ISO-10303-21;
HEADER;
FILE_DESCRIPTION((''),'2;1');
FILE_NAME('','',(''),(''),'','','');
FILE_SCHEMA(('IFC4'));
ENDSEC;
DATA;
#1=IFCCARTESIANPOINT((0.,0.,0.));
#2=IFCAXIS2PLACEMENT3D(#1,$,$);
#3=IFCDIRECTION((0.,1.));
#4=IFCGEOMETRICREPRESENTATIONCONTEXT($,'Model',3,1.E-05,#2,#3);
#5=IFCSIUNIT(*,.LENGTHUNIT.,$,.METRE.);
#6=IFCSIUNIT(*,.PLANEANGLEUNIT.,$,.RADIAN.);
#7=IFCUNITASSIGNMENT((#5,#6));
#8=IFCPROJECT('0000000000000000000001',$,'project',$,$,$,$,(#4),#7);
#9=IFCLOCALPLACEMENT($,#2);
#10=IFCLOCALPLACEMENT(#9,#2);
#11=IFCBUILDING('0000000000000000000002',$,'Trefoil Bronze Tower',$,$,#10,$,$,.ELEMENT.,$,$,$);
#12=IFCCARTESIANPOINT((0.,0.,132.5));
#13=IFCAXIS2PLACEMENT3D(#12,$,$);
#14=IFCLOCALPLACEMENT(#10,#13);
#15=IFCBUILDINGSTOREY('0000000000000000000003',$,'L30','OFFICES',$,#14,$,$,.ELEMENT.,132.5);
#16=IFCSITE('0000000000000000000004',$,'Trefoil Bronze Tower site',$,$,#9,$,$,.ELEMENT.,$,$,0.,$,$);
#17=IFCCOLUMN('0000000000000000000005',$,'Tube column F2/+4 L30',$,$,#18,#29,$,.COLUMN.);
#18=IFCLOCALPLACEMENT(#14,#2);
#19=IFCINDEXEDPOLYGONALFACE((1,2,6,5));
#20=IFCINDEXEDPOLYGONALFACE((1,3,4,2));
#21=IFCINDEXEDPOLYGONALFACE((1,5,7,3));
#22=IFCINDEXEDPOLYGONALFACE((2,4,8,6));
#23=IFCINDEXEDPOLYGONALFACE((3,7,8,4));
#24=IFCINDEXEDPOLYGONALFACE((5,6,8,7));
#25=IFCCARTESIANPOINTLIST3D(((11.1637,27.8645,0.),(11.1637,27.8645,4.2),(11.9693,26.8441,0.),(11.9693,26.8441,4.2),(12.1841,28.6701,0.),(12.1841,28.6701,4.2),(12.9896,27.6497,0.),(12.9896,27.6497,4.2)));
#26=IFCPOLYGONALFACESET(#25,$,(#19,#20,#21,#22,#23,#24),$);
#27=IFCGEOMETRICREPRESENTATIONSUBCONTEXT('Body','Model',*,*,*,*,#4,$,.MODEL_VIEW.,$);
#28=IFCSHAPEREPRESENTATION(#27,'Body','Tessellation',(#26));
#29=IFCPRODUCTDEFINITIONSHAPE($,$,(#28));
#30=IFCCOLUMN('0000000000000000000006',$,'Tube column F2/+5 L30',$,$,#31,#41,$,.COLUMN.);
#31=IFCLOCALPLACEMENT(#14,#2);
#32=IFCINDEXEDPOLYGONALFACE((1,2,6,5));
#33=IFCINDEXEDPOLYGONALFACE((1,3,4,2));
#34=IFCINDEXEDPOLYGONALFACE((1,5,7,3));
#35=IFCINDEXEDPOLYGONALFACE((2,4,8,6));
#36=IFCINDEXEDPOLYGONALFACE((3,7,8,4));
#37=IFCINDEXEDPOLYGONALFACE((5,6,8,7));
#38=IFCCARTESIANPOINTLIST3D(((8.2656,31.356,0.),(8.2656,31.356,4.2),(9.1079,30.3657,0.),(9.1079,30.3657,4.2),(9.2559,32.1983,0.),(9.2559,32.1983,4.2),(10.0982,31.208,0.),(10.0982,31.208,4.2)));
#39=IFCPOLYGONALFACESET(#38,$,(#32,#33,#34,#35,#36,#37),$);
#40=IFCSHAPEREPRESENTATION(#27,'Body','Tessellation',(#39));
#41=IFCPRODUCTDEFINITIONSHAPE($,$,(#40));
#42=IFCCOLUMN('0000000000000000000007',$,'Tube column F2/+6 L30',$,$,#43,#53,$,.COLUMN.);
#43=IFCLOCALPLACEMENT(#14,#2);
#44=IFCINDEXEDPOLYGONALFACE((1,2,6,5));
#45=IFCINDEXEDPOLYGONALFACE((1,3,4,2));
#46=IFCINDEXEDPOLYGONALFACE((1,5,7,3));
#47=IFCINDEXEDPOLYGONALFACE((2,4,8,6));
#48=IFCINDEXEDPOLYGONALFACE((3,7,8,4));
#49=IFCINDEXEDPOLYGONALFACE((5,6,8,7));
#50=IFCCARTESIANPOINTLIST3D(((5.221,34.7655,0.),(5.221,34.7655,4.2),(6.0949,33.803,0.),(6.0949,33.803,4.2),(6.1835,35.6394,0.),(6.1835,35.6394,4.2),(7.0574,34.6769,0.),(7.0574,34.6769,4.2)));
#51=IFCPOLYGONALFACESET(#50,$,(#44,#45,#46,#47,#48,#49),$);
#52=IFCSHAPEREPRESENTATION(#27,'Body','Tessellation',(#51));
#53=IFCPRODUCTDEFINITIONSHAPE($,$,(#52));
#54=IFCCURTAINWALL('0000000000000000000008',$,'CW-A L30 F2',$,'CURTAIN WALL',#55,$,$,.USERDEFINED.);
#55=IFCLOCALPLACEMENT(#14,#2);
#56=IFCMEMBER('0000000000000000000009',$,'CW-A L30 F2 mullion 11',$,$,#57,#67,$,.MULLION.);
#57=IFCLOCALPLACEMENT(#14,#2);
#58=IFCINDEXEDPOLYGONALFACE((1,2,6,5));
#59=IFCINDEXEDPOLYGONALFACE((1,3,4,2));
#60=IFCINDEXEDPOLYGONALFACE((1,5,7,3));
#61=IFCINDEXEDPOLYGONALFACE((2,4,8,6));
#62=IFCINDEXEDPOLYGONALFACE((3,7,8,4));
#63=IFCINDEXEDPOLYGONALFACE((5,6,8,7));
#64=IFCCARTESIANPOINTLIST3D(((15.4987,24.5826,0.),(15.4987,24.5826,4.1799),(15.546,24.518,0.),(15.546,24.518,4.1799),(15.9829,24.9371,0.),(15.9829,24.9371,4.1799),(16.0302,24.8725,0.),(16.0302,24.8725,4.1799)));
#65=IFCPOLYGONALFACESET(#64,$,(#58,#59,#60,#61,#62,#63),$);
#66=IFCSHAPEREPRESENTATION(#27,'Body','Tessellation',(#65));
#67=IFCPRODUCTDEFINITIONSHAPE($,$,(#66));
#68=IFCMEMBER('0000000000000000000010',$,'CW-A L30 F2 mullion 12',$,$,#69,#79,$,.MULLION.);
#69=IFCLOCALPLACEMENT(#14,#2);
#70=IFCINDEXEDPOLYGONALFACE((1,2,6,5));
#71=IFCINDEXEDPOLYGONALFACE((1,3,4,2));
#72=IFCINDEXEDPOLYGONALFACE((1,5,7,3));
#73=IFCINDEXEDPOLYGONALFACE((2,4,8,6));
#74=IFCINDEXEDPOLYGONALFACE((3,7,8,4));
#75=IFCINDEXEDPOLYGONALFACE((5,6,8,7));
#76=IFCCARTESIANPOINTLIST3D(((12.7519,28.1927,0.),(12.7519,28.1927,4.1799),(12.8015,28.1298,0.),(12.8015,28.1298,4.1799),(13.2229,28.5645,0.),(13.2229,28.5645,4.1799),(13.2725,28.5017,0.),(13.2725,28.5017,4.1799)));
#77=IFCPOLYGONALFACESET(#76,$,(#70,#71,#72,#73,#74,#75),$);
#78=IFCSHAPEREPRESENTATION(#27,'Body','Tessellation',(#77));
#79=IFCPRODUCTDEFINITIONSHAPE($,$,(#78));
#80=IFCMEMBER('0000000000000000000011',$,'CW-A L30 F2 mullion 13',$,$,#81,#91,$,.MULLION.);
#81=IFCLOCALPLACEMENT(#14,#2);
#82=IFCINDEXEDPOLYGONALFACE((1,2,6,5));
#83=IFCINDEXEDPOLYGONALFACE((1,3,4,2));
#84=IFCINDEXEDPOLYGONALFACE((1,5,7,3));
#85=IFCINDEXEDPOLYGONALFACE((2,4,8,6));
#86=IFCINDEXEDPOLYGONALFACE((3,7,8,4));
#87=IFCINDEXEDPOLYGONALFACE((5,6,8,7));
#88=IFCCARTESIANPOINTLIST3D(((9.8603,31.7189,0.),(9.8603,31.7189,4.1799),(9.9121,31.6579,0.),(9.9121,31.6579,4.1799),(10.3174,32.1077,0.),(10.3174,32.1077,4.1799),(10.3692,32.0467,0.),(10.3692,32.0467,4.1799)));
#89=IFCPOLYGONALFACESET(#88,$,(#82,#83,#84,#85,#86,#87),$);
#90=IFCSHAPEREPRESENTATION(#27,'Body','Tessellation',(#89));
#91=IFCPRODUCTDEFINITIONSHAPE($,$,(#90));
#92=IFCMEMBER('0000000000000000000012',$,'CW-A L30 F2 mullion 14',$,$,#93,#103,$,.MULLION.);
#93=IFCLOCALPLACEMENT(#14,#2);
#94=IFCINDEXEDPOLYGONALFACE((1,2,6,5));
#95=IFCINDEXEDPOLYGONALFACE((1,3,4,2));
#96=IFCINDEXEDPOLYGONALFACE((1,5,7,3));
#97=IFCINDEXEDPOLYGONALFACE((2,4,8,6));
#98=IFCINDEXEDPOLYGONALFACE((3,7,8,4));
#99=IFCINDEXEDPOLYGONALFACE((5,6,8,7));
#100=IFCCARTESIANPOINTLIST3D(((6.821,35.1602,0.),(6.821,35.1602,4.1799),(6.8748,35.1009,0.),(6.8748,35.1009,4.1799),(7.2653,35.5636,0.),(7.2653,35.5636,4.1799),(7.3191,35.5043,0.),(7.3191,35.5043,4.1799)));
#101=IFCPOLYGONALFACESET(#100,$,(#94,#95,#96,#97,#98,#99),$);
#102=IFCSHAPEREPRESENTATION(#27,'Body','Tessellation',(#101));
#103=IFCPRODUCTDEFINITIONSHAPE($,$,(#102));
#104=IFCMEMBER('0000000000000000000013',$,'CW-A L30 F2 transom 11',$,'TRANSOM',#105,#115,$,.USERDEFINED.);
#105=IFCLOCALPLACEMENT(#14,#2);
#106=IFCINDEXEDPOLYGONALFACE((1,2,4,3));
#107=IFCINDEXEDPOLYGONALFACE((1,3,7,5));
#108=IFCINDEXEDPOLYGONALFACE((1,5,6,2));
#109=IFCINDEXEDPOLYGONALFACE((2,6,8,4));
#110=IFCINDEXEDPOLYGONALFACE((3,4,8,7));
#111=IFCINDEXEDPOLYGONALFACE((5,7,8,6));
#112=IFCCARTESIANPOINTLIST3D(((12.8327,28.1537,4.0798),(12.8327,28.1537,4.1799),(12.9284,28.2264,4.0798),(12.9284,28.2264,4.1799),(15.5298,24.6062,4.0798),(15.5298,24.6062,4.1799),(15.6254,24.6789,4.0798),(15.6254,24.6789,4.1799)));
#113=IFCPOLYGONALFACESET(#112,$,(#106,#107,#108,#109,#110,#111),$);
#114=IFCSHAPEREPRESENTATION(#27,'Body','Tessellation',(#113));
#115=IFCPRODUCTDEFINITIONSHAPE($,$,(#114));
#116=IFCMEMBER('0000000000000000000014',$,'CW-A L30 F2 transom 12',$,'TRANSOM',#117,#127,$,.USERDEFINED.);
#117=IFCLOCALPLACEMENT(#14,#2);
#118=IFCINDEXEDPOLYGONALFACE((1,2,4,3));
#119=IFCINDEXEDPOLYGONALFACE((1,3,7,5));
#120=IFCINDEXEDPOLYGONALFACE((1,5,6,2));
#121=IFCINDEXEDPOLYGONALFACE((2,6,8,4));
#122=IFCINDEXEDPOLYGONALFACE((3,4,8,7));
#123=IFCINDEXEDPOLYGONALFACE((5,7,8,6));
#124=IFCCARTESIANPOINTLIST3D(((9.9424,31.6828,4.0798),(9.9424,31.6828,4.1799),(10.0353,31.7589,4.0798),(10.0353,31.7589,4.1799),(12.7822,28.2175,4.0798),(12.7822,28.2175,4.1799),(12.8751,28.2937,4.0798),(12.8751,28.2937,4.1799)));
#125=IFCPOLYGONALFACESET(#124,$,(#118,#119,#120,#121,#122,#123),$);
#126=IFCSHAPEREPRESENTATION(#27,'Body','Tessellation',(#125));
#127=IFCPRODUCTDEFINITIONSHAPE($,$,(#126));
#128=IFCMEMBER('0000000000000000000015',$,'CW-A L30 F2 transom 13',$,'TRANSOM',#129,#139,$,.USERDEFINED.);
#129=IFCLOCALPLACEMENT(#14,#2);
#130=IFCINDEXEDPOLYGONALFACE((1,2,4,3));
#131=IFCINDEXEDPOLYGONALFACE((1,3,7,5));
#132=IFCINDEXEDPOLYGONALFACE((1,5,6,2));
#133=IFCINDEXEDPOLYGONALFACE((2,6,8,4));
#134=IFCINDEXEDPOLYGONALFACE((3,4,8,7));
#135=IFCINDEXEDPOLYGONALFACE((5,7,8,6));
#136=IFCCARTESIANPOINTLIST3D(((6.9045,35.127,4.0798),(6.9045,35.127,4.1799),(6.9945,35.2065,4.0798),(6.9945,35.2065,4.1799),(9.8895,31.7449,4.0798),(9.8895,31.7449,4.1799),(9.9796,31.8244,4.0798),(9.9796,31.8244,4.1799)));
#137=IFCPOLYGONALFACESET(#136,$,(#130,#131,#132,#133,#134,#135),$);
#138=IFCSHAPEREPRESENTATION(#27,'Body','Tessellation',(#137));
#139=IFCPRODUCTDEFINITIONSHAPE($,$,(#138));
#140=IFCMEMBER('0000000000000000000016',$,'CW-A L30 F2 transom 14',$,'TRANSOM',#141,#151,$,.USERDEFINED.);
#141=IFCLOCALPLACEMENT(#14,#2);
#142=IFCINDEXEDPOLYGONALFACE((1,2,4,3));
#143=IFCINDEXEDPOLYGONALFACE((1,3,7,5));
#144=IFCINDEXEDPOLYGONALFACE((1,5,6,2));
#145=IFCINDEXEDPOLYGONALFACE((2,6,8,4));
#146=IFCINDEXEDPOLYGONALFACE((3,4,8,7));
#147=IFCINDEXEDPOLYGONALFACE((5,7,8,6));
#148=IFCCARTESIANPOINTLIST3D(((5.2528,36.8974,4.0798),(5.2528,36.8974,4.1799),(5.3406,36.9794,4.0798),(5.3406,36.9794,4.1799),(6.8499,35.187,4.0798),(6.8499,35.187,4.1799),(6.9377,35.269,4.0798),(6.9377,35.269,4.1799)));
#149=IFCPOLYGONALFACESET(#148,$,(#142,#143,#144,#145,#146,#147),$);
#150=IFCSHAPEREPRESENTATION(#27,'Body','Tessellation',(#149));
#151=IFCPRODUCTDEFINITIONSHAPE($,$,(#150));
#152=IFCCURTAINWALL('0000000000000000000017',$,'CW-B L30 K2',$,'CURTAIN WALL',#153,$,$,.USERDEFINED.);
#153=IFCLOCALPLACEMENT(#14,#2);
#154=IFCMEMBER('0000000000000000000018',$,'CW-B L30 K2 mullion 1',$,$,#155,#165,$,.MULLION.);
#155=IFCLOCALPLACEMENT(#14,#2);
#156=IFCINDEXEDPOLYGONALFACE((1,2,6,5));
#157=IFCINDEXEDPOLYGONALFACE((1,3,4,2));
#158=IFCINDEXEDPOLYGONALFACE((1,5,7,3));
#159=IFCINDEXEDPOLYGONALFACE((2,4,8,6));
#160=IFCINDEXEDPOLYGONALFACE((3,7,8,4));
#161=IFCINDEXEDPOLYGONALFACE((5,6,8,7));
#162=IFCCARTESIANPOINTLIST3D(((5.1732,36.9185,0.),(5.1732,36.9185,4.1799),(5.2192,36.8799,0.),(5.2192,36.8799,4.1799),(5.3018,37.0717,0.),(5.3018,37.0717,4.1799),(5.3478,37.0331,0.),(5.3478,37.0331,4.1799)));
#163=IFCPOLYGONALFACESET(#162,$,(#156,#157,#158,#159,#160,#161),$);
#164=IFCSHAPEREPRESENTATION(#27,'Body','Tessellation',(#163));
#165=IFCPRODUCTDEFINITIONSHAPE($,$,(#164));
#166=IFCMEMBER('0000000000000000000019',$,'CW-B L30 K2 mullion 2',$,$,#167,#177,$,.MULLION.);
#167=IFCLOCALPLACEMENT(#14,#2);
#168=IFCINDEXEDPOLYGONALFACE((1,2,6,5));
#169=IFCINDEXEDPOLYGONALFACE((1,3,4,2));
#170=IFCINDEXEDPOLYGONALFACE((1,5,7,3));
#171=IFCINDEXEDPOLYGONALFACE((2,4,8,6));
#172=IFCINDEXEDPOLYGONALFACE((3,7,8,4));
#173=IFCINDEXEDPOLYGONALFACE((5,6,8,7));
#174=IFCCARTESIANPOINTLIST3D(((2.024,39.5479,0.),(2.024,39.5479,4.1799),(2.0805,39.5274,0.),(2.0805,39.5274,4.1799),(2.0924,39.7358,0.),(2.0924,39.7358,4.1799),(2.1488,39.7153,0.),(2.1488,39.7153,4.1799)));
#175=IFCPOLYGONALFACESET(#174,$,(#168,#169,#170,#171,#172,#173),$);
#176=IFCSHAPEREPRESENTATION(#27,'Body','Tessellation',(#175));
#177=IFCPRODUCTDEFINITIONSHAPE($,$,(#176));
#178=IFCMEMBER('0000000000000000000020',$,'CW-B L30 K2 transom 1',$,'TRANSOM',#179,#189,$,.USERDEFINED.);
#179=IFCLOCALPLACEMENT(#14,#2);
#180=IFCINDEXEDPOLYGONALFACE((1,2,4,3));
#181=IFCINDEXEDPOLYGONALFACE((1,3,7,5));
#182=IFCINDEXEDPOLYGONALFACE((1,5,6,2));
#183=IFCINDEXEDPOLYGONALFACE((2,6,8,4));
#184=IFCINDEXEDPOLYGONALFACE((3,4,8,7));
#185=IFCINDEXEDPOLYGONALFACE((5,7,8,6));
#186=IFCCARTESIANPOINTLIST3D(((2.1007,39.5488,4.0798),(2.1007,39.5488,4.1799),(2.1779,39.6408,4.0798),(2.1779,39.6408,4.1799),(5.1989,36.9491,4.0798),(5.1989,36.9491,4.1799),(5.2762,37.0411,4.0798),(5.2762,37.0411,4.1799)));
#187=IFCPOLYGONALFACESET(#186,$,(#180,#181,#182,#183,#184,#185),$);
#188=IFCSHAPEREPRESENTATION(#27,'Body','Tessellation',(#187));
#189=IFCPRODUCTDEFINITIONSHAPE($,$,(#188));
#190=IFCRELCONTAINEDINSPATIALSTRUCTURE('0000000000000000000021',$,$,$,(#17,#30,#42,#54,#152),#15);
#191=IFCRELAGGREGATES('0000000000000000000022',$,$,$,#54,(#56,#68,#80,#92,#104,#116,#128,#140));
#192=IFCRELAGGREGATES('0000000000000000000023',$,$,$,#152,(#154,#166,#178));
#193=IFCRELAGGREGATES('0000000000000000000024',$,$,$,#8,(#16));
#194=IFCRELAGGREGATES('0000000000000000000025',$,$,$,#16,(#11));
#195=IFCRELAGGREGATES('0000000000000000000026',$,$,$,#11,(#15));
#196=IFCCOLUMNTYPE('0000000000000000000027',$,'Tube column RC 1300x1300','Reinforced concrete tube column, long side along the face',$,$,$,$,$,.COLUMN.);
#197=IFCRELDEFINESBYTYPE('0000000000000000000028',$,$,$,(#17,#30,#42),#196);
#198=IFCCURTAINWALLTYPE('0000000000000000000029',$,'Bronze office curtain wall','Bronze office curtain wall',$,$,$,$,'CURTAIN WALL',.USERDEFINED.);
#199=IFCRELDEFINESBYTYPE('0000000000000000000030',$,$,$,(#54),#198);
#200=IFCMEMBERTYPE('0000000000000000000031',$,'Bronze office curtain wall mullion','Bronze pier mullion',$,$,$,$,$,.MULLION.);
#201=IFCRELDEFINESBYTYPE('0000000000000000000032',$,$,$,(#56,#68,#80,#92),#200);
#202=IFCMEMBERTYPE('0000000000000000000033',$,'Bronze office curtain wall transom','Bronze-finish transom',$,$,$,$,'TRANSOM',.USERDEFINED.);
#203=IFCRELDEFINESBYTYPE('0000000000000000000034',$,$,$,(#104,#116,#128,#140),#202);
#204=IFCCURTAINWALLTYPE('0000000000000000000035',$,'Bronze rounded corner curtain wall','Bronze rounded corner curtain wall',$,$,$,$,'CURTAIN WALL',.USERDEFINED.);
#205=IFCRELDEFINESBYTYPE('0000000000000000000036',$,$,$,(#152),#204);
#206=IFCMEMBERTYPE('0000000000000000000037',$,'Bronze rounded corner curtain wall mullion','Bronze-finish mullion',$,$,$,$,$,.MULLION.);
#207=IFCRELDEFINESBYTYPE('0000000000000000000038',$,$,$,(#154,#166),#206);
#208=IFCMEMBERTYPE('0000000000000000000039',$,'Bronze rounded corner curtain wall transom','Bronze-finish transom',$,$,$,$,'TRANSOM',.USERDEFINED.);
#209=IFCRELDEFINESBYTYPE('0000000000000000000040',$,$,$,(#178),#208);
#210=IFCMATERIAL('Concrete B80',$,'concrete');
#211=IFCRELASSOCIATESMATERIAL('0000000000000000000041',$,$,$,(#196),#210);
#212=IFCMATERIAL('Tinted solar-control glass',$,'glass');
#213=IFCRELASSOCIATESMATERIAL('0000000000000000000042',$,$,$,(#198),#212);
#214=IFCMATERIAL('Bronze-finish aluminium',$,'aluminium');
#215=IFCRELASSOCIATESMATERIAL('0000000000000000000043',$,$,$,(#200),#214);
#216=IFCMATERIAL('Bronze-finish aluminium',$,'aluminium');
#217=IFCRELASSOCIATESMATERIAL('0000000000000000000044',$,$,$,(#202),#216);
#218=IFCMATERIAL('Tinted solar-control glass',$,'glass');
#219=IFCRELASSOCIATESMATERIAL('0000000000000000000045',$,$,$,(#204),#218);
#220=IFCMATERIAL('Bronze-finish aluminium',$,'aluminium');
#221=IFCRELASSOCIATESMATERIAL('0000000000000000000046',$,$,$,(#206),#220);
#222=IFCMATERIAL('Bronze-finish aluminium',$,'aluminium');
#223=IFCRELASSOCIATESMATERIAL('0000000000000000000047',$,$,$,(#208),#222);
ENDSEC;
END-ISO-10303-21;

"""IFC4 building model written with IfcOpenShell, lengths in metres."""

from ifc_helpers import new_model, si_unit, direction, frame, origin, origin_2d, place, context, subcontext, project, spatial, rectangle, extrude, material, material_profile, profile_set, type_object, element, aggregate, save


model = new_model("IFC4")

# Units and contexts
model_context = context("Model", 3, precision=1e-05, world=origin(), true_north=direction((0.0, 1.0)))
body_context = subcontext(model_context, "Body", "Model", "MODEL_VIEW")
ifc_project = project(units=[si_unit("LENGTHUNIT", "METRE"), si_unit("PLANEANGLEUNIT", "RADIAN")], contexts=[model_context])

# Site, building, storey
site_placement = place(None, origin())
site = spatial("IfcSite", under=ifc_project, at=site_placement, Name="Trefoil Bronze Tower site", CompositionType="ELEMENT", RefElevation=0.0)
building_placement = place(site_placement, origin())
building = spatial("IfcBuilding", under=site, at=building_placement, Name="Trefoil Bronze Tower", CompositionType="ELEMENT")
storey_placement = place(building_placement, frame((0.0, 0.0, 132.5)))
storey = spatial("IfcBuildingStorey", under=building, at=storey_placement, Name="L30", Description="OFFICES", CompositionType="ELEMENT", Elevation=132.5)

# Columns
ifc_material_1 = material(Name="Concrete B80", Category="concrete")
ifc_material_profile_1 = material_profile(ifc_material_1, rectangle(XDim=1.3, YDim=1.3, at=origin_2d()), Name="RC 1300x1300")
ifc_profile_set_1 = profile_set([ifc_material_profile_1], Name="Concrete B80")
column_type = type_object("IfcColumnType", Name="Tube column RC 1300x1300", Description="Reinforced concrete tube column, long side along the face", PredefinedType="COLUMN", material=ifc_profile_set_1)
for number, where, z_axis, x_axis, name in (
    (1, (12.0767, 27.7571, 0.0), (0.0, 0.0, 1.0), (-0.619649, 0.784879, 0.0), "Tube column F2/+4 L30"),
    (2, (9.1819, 31.282, 0.0), (0.0, 0.0, 1.0), (-0.647904, 0.761722, 0.0), "Tube column F2/+5 L30"),
    (3, (6.1392, 34.7212, 0.0), (0.0, 0.0, 1.0), (-0.67221, 0.740361, 0.0), "Tube column F2/+6 L30"),
):
    element("IfcColumn", number, at=place(storey_placement, frame(where, z_axis=z_axis, x_axis=x_axis)), inside=storey, type_object=column_type, Name=name, PredefinedType="COLUMN", context=body_context, shape_type="SweptSolid", body=[
        extrude(rectangle(XDim=1.3, YDim=1.3, at=origin_2d()), origin(), (0.0, 0.0, 1.0), 4.2),
    ])

# Curtain walls, members
ifc_material_2 = material(Name="Tinted solar-control glass", Category="glass")
curtain_wall_type_1 = type_object("IfcCurtainWallType", Name="Bronze office curtain wall", Description="Bronze office curtain wall", ElementType="CURTAIN WALL", PredefinedType="USERDEFINED", material=ifc_material_2)
curtain_wall_1_placement = place(storey_placement, origin())
curtain_wall_1 = element("IfcCurtainWall", 4, at=curtain_wall_1_placement, inside=storey, type_object=curtain_wall_type_1, Name="CW-A L30 F2", ObjectType="CURTAIN WALL", PredefinedType="USERDEFINED")
ifc_material_3 = material(Name="Bronze-finish aluminium", Category="aluminium")
ifc_material_profile_2 = material_profile(ifc_material_3, rectangle(XDim=0.6001, YDim=0.0801, at=origin_2d()), Name="CW-A mullion")
ifc_profile_set_2 = profile_set([ifc_material_profile_2], Name="Bronze-finish aluminium")
member_type_1 = type_object("IfcMemberType", Name="Bronze office curtain wall mullion", Description="Bronze pier mullion", PredefinedType="MULLION", material=ifc_profile_set_2)
member_1_placement = place(storey_placement, frame((15.7644, 24.7275, 0.0), z_axis=(0.0, 0.0, 1.0), x_axis=(-0.806875, -0.590723, 0.0)))
member_1 = element("IfcMember", 5, at=member_1_placement, type_object=member_type_1, Name="CW-A L30 F2 mullion 11", PredefinedType="MULLION", context=body_context, shape_type="SweptSolid", body=[
    extrude(rectangle(XDim=0.6001, YDim=0.0801, at=origin_2d()), origin(), (0.0, 0.0, 1.0), 4.1799),
])
member_2_placement = place(storey_placement, frame((13.0122, 28.3472, 0.0), z_axis=(0.0, 0.0, 1.0), x_axis=(-0.784879, -0.619649, 0.0)))
member_2 = element("IfcMember", 6, at=member_2_placement, type_object=member_type_1, Name="CW-A L30 F2 mullion 12", PredefinedType="MULLION", context=body_context, shape_type="SweptSolid", body=[
    extrude(rectangle(XDim=0.6001, YDim=0.0801, at=origin_2d()), origin(), (0.0, 0.0, 1.0), 4.1799),
])
member_3_placement = place(storey_placement, frame((10.1147, 31.8828, 0.0), z_axis=(0.0, 0.0, 1.0), x_axis=(-0.761722, -0.647904, 0.0)))
member_3 = element("IfcMember", 7, at=member_3_placement, type_object=member_type_1, Name="CW-A L30 F2 mullion 13", PredefinedType="MULLION", context=body_context, shape_type="SweptSolid", body=[
    extrude(rectangle(XDim=0.6001, YDim=0.0801, at=origin_2d()), origin(), (0.0, 0.0, 1.0), 4.1799),
])
member_4_placement = place(storey_placement, frame((7.0701, 35.3323, 0.0), z_axis=(0.0, 0.0, 1.0), x_axis=(-0.740361, -0.67221, 0.0)))
member_4 = element("IfcMember", 8, at=member_4_placement, type_object=member_type_1, Name="CW-A L30 F2 mullion 14", PredefinedType="MULLION", context=body_context, shape_type="SweptSolid", body=[
    extrude(rectangle(XDim=0.6001, YDim=0.0801, at=origin_2d()), origin(), (0.0, 0.0, 1.0), 4.1799),
])
ifc_material_4 = material(Name="Bronze-finish aluminium", Category="aluminium")
ifc_material_profile_3 = material_profile(ifc_material_4, rectangle(XDim=0.1201, YDim=0.1001, at=origin_2d()), Name="CW-A transom")
ifc_profile_set_3 = profile_set([ifc_material_profile_3], Name="Bronze-finish aluminium")
member_type_2 = type_object("IfcMemberType", Name="Bronze office curtain wall transom", Description="Bronze-finish transom", ElementType="TRANSOM", PredefinedType="USERDEFINED", material=ifc_profile_set_3)
member_5_placement = place(storey_placement, frame((15.5776, 24.6426, 4.1299), z_axis=(-0.605229, 0.796051, 0.0), x_axis=(-0.796051, -0.605229, 0.0)))
member_5 = element("IfcMember", 9, at=member_5_placement, type_object=member_type_2, Name="CW-A L30 F2 transom 11", ObjectType="TRANSOM", PredefinedType="USERDEFINED", context=body_context, shape_type="SweptSolid", body=[
    extrude(rectangle(XDim=0.1201, YDim=0.1001, at=origin_2d()), origin(), (0.0, 0.0, 1.0), 4.4563),
])
member_6_placement = place(storey_placement, frame((12.8286, 28.2556, 4.1299), z_axis=(-0.633849, 0.773457, 0.0), x_axis=(-0.773457, -0.633849, 0.0)))
member_6 = element("IfcMember", 10, at=member_6_placement, type_object=member_type_2, Name="CW-A L30 F2 transom 12", ObjectType="TRANSOM", PredefinedType="USERDEFINED", context=body_context, shape_type="SweptSolid", body=[
    extrude(rectangle(XDim=0.1201, YDim=0.1001, at=origin_2d()), origin(), (0.0, 0.0, 1.0), 4.4802),
])
member_7_placement = place(storey_placement, frame((9.9346, 31.7847, 4.1299), z_axis=(-0.661736, 0.749737, 0.0), x_axis=(-0.749737, -0.661736, 0.0)))
member_7 = element("IfcMember", 11, at=member_7_placement, type_object=member_type_2, Name="CW-A L30 F2 transom 13", ObjectType="TRANSOM", PredefinedType="USERDEFINED", context=body_context, shape_type="SweptSolid", body=[
    extrude(rectangle(XDim=0.1201, YDim=0.1001, at=origin_2d()), origin(), (0.0, 0.0, 1.0), 4.511),
])
member_8_placement = place(storey_placement, frame((6.8938, 35.228, 4.1299), z_axis=(-0.682489, 0.730896, 0.0), x_axis=(-0.730896, -0.682489, 0.0)))
member_8 = element("IfcMember", 12, at=member_8_placement, type_object=member_type_2, Name="CW-A L30 F2 transom 14", ObjectType="TRANSOM", PredefinedType="USERDEFINED", context=body_context, shape_type="SweptSolid", body=[
    extrude(rectangle(XDim=0.1201, YDim=0.1001, at=origin_2d()), origin(), (0.0, 0.0, 1.0), 2.3401),
])
ifc_material_5 = material(Name="Tinted solar-control glass", Category="glass")
curtain_wall_type_2 = type_object("IfcCurtainWallType", Name="Bronze rounded corner curtain wall", Description="Bronze rounded corner curtain wall", ElementType="CURTAIN WALL", PredefinedType="USERDEFINED", material=ifc_material_5)
curtain_wall_2_placement = place(storey_placement, origin())
curtain_wall_2 = element("IfcCurtainWall", 13, at=curtain_wall_2_placement, inside=storey, type_object=curtain_wall_type_2, Name="CW-B L30 K2", ObjectType="CURTAIN WALL", PredefinedType="USERDEFINED")
ifc_material_6 = material(Name="Bronze-finish aluminium", Category="aluminium")
ifc_material_profile_4 = material_profile(ifc_material_6, rectangle(XDim=0.2, YDim=0.0601, at=origin_2d()), Name="CW-B mullion")
ifc_profile_set_4 = profile_set([ifc_material_profile_4], Name="Bronze-finish aluminium")
member_type_3 = type_object("IfcMemberType", Name="Bronze rounded corner curtain wall mullion", Description="Bronze-finish mullion", PredefinedType="MULLION", material=ifc_profile_set_4)
member_9_placement = place(storey_placement, frame((5.2605, 36.9758, 0.0), z_axis=(0.0, 0.0, 1.0), x_axis=(-0.642788, -0.766044, 0.0)))
member_9 = element("IfcMember", 14, at=member_9_placement, type_object=member_type_3, Name="CW-B L30 K2 mullion 1", PredefinedType="MULLION", context=body_context, shape_type="SweptSolid", body=[
    extrude(rectangle(XDim=0.2, YDim=0.0601, at=origin_2d()), origin(), (0.0, 0.0, 1.0), 4.1799),
])
member_10_placement = place(storey_placement, frame((2.0864, 39.6316, 0.0), z_axis=(0.0, 0.0, 1.0), x_axis=(-0.34202, -0.939693, 0.0)))
member_10 = element("IfcMember", 15, at=member_10_placement, type_object=member_type_3, Name="CW-B L30 K2 mullion 2", PredefinedType="MULLION", context=body_context, shape_type="SweptSolid", body=[
    extrude(rectangle(XDim=0.2, YDim=0.0601, at=origin_2d()), origin(), (0.0, 0.0, 1.0), 4.1799),
])
ifc_material_7 = material(Name="Bronze-finish aluminium", Category="aluminium")
ifc_material_profile_5 = material_profile(ifc_material_7, rectangle(XDim=0.1201, YDim=0.1001, at=origin_2d()), Name="CW-B transom")
ifc_profile_set_5 = profile_set([ifc_material_profile_5], Name="Bronze-finish aluminium")
member_type_4 = type_object("IfcMemberType", Name="Bronze rounded corner curtain wall transom", Description="Bronze-finish transom", ElementType="TRANSOM", PredefinedType="USERDEFINED", material=ifc_profile_set_5)
member_11_placement = place(storey_placement, frame((5.2375, 36.9951, 4.1299), z_axis=(-0.76605, 0.642781, 0.0), x_axis=(-0.642781, -0.76605, 0.0)))
member_11 = element("IfcMember", 16, at=member_11_placement, type_object=member_type_4, Name="CW-B L30 K2 transom 1", ObjectType="TRANSOM", PredefinedType="USERDEFINED", context=body_context, shape_type="SweptSolid", body=[
    extrude(rectangle(XDim=0.1201, YDim=0.1001, at=origin_2d()), origin(), (0.0, 0.0, 1.0), 4.0444),
])

aggregate(curtain_wall_1, [member_1, member_2, member_3, member_4, member_5, member_6, member_7, member_8])
aggregate(curtain_wall_2, [member_9, member_10, member_11])

save(model, "model.ifc")
